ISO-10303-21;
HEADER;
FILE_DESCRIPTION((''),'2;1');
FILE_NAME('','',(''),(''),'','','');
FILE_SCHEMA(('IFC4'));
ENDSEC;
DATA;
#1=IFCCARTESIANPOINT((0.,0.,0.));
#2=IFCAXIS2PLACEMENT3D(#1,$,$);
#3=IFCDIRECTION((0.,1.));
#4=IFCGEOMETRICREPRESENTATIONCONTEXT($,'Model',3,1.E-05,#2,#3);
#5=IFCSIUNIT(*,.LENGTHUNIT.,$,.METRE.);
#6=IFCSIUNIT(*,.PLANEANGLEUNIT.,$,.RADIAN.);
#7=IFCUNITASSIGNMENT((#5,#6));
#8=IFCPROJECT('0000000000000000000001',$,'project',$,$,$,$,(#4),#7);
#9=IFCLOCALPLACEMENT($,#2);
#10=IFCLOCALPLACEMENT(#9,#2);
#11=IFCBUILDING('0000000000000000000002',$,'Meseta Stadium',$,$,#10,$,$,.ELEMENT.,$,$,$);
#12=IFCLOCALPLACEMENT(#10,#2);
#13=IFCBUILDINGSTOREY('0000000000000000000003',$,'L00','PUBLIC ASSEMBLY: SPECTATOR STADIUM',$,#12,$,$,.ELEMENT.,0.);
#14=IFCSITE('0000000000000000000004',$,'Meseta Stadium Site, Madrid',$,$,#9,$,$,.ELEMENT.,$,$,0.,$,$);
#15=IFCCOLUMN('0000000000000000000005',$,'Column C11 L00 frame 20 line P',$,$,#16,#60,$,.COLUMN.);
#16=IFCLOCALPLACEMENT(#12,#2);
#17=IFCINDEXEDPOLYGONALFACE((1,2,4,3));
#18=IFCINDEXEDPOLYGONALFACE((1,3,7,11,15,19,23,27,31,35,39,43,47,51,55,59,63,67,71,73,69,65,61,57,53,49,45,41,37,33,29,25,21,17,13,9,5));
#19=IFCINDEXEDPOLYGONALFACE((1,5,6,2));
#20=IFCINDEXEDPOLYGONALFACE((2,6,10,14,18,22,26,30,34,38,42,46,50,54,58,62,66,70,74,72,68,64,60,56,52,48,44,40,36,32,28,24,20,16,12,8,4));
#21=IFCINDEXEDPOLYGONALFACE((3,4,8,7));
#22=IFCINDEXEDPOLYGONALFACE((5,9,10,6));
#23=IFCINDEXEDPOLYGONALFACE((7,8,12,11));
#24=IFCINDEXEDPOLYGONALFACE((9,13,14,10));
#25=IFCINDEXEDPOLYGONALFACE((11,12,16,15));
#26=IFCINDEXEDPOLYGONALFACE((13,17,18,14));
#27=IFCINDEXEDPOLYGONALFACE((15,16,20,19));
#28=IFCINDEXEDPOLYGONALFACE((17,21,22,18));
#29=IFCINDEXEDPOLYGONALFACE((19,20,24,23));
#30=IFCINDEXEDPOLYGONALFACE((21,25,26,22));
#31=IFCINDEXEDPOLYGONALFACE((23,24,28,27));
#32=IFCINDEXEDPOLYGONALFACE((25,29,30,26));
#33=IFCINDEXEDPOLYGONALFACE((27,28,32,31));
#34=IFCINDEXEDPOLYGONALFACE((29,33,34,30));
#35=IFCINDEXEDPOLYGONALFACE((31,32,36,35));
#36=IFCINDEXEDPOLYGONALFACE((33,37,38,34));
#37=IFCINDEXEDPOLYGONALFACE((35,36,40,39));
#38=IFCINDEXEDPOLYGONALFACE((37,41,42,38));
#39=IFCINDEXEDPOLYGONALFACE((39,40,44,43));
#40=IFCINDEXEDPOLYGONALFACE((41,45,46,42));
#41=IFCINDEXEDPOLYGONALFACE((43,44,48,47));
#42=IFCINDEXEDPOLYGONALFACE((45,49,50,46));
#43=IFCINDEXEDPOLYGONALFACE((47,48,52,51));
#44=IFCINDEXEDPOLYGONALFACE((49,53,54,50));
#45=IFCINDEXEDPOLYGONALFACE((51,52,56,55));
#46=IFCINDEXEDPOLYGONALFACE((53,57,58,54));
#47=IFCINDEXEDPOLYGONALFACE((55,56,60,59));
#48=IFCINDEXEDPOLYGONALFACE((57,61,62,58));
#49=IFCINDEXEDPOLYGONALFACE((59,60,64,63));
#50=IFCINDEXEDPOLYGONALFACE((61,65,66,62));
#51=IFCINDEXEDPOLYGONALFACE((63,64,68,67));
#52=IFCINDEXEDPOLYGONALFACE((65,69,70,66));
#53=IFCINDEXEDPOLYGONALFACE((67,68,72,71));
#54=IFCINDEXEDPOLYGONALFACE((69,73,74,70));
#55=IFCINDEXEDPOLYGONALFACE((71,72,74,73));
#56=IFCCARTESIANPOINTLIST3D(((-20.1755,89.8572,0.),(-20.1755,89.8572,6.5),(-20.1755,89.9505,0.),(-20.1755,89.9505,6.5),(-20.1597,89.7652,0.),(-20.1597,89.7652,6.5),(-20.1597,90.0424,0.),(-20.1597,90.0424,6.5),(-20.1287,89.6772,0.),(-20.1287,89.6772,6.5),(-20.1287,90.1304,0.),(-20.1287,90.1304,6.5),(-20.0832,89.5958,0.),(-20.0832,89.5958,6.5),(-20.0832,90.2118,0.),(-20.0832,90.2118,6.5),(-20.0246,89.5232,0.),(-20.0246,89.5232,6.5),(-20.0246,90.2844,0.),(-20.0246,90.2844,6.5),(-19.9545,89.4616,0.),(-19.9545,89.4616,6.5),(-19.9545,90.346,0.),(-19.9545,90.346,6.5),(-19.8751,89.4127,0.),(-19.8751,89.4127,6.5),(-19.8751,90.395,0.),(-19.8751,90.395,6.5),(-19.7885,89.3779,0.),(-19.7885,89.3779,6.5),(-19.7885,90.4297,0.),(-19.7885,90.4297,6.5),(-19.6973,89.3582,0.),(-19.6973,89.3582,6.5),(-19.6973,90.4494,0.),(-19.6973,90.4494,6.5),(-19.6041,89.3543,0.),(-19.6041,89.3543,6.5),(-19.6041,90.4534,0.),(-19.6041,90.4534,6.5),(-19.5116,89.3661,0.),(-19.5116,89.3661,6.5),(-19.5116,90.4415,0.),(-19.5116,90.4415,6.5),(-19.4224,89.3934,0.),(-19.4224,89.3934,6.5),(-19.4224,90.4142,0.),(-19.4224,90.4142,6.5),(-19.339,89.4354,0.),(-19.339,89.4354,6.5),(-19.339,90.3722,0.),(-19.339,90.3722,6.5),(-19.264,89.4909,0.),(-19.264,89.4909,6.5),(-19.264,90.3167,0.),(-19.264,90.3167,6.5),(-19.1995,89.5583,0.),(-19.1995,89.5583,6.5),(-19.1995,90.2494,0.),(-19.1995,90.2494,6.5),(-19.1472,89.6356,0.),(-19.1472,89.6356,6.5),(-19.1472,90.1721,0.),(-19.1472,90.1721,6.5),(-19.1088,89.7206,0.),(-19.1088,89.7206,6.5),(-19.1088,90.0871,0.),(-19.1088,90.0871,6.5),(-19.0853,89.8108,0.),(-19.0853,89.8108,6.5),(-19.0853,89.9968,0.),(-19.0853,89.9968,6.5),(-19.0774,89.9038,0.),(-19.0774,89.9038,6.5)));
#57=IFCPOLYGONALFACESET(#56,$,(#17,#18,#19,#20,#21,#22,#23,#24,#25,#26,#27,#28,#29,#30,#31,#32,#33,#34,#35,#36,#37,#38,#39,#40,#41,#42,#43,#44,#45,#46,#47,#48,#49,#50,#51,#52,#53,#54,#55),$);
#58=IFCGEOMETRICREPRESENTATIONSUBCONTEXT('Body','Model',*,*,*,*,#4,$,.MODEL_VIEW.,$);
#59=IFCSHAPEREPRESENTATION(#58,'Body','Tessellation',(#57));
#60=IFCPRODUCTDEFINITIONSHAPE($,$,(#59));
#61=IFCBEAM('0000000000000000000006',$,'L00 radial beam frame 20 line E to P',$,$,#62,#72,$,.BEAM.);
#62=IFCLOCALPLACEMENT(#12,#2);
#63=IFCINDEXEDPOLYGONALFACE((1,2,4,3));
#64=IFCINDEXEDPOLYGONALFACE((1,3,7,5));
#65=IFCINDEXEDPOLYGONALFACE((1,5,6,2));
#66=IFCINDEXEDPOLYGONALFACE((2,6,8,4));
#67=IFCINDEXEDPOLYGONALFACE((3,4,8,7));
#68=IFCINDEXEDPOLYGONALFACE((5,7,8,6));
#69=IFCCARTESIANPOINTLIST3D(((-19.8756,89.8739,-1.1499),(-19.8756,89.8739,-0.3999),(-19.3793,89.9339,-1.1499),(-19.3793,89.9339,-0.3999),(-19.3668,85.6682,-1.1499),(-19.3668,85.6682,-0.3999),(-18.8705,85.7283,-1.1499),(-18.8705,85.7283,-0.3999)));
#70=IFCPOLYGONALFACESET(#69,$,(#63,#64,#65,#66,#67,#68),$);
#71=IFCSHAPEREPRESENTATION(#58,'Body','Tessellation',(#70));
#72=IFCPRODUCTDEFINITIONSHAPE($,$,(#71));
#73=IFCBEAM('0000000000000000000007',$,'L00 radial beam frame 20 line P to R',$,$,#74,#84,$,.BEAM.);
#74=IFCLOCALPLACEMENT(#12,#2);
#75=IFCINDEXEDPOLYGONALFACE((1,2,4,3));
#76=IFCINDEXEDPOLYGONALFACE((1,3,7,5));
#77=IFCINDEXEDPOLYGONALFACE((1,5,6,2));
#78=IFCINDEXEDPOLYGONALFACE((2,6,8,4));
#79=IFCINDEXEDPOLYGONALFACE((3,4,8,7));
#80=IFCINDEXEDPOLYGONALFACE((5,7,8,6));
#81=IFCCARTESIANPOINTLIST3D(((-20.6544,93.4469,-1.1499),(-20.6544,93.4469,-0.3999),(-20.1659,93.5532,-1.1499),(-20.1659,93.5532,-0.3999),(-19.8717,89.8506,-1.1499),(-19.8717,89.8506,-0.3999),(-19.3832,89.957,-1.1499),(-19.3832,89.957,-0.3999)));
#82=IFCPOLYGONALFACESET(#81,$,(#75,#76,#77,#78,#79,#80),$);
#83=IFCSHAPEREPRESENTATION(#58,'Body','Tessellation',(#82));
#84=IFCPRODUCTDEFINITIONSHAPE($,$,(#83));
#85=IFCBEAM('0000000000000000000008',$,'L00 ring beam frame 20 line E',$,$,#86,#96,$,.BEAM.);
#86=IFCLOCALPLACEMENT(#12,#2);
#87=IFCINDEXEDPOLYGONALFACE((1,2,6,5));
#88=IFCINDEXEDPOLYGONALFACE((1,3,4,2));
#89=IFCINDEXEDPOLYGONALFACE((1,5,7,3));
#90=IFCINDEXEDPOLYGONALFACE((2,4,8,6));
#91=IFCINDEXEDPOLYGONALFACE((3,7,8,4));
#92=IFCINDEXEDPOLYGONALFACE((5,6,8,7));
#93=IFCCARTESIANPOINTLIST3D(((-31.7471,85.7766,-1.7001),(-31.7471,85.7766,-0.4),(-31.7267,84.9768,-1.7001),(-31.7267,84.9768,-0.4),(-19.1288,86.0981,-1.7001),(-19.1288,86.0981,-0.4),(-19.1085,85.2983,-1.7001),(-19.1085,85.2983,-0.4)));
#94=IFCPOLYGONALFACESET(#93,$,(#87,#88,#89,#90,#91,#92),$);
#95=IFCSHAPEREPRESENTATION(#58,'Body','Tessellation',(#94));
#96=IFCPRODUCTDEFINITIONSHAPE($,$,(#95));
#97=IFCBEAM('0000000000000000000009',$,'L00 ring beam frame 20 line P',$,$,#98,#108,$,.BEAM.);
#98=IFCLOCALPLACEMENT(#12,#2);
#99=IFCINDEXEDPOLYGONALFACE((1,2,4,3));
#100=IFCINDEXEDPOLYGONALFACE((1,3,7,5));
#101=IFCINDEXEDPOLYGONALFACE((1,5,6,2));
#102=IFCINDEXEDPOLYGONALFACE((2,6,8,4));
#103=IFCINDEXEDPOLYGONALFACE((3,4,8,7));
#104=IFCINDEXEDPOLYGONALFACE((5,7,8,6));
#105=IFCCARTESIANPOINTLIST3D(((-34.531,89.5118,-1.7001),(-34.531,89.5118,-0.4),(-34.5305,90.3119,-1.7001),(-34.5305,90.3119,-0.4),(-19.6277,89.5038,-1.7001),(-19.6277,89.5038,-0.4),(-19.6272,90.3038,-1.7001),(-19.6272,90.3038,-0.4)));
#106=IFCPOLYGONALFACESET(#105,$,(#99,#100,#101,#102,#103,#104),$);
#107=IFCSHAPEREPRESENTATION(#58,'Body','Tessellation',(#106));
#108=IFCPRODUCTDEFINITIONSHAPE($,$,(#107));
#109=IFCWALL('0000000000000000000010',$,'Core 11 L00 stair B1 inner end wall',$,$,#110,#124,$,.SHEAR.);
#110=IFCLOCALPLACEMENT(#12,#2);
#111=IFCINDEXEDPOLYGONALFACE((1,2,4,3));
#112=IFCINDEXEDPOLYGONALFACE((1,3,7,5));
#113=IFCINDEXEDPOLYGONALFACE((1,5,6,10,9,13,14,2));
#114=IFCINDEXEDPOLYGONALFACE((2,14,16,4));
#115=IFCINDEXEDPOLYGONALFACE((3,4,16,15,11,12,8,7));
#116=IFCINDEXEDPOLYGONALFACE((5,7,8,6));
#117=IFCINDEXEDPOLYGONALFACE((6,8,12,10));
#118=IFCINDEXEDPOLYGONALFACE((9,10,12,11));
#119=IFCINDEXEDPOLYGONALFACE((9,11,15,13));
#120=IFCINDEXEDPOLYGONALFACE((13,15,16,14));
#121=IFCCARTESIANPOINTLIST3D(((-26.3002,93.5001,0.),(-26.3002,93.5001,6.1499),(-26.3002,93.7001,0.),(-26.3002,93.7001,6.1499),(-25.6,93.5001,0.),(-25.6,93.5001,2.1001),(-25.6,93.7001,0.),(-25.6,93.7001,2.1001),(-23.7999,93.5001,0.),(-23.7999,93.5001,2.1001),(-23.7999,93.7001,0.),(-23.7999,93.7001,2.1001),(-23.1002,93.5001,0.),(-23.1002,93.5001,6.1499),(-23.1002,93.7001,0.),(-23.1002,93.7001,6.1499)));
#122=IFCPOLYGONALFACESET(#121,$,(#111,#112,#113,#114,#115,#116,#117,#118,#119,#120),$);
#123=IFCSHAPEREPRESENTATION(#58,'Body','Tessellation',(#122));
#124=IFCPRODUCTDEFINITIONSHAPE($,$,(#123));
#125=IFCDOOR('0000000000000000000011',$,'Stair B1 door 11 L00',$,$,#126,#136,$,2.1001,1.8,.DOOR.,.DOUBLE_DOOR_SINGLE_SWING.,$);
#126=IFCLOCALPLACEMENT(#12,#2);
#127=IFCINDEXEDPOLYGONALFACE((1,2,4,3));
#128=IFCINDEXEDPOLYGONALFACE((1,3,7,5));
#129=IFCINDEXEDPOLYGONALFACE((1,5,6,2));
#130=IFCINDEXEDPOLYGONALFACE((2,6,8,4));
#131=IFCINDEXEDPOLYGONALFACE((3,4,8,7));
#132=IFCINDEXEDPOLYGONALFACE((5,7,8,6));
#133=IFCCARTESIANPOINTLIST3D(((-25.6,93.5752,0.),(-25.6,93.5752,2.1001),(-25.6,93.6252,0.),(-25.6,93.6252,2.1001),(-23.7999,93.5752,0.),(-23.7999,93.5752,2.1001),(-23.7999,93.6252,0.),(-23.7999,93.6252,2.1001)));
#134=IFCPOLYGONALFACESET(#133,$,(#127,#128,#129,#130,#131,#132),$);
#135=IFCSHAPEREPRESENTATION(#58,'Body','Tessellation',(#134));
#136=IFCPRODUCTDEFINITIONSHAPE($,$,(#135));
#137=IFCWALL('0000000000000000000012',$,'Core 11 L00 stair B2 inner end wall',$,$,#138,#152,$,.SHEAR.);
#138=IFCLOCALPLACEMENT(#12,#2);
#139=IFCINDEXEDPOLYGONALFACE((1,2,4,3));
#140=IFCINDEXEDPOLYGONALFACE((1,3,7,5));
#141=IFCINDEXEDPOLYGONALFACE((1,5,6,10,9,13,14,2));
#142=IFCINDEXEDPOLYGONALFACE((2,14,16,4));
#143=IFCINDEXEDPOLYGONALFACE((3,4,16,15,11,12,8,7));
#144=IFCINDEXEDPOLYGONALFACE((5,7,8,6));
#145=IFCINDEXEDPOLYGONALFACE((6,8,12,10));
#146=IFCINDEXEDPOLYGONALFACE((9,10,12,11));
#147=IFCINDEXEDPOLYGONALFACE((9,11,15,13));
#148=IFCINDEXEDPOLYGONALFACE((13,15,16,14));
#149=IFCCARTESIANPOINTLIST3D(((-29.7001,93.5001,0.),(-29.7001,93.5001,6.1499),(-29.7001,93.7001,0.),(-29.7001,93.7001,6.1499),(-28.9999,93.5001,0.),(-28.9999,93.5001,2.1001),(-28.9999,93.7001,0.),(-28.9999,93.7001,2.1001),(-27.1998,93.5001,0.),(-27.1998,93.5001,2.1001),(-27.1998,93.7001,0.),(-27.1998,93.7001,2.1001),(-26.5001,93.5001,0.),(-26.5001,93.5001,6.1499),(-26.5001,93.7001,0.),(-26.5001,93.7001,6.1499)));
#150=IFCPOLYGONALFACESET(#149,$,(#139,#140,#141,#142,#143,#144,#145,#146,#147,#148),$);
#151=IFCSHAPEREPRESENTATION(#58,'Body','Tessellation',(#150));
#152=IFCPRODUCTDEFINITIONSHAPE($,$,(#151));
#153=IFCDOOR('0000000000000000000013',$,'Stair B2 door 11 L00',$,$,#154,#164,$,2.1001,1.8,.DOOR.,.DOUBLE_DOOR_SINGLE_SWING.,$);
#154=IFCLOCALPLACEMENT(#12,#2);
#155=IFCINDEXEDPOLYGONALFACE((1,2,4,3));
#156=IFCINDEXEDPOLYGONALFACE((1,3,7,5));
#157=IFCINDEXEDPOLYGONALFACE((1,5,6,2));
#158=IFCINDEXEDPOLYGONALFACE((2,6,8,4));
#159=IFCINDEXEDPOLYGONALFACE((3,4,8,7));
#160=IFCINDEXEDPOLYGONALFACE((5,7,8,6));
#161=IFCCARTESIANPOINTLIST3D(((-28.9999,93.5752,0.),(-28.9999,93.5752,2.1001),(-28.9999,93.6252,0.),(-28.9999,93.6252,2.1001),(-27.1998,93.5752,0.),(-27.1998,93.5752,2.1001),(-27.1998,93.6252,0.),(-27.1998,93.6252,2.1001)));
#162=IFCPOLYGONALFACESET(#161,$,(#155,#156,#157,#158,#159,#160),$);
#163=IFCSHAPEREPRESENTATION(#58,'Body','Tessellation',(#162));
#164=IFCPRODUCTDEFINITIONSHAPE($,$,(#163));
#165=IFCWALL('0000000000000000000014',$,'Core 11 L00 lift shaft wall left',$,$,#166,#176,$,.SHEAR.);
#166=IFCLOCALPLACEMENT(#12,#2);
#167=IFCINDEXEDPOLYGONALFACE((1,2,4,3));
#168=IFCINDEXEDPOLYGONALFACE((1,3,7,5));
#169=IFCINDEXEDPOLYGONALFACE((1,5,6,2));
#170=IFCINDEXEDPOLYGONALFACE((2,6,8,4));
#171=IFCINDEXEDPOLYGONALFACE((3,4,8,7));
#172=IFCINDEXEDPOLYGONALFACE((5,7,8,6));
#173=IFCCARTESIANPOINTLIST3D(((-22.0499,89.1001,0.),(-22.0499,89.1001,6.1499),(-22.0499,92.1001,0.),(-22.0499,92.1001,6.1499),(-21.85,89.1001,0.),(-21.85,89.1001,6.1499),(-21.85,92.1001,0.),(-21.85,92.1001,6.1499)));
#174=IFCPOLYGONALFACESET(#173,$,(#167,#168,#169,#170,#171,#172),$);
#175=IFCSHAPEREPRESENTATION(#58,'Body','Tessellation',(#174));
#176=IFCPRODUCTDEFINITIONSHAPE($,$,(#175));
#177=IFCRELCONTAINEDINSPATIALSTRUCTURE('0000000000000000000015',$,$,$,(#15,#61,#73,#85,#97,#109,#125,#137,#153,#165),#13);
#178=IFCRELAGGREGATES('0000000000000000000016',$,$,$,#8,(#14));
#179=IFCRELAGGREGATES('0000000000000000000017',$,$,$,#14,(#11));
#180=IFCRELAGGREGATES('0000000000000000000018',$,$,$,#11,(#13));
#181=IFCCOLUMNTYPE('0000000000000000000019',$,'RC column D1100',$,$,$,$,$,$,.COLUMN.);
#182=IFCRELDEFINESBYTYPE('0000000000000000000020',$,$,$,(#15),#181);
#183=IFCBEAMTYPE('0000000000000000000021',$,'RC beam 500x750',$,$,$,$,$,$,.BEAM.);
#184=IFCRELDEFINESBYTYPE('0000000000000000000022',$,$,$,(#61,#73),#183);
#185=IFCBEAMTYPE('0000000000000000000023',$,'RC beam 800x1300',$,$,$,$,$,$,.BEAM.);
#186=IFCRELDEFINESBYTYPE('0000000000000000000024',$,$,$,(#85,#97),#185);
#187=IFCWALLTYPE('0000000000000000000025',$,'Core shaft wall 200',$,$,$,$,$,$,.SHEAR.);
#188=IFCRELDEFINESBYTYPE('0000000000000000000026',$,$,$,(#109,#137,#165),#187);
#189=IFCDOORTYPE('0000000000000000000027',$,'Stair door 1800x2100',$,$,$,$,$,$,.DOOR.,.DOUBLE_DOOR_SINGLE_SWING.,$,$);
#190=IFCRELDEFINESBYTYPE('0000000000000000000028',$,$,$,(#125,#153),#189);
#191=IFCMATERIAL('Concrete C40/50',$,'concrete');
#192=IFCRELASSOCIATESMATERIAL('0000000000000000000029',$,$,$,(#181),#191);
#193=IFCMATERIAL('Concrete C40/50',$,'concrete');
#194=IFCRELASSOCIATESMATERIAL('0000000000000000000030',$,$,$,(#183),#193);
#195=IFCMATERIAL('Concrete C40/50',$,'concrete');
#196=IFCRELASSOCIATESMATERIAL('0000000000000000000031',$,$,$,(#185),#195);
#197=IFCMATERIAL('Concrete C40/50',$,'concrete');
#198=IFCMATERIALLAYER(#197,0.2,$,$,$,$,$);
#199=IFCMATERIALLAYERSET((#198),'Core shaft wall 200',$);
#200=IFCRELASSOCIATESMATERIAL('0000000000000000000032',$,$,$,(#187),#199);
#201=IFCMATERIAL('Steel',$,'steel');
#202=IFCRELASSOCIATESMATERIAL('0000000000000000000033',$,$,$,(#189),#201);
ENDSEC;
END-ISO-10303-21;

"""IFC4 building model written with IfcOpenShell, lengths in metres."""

from ifc_helpers import new_model, si_unit, direction, frame, frame_2d, origin, origin_2d, place, context, subcontext, project, spatial, rectangle, circle, extrude, material, layer, layer_set, material_profile, profile_set, type_object, element, fill, save


model = new_model("IFC4")

# Units and contexts
model_context = context("Model", 3, precision=1e-05, world=origin(), true_north=direction((0.0, 1.0)))
body_context = subcontext(model_context, "Body", "Model", "MODEL_VIEW")
ifc_project = project(units=[si_unit("LENGTHUNIT", "METRE"), si_unit("PLANEANGLEUNIT", "RADIAN")], contexts=[model_context])

# Site, building, storey
site_placement = place(None, origin())
site = spatial("IfcSite", under=ifc_project, at=site_placement, Name="Meseta Stadium Site, Madrid", CompositionType="ELEMENT", RefElevation=0.0)
building_placement = place(site_placement, origin())
building = spatial("IfcBuilding", under=site, at=building_placement, Name="Meseta Stadium", CompositionType="ELEMENT")
storey_placement = place(building_placement, origin())
storey = spatial("IfcBuildingStorey", under=building, at=storey_placement, Name="L00", Description="PUBLIC ASSEMBLY: SPECTATOR STADIUM", CompositionType="ELEMENT", Elevation=0.0)

# Column
ifc_material_1 = material(Name="Concrete C40/50", Category="concrete")
ifc_material_profile_1 = material_profile(ifc_material_1, circle(Radius=0.55, at=origin_2d()), Name="RC D1100")
ifc_profile_set_1 = profile_set([ifc_material_profile_1], Name="Concrete C40/50")
column_type = type_object("IfcColumnType", Name="RC column D1100", PredefinedType="COLUMN", material=ifc_profile_set_1)
column_placement = place(storey_placement, frame((-19.6274, 89.9038, 0.0), z_axis=(0.0, 0.0, 1.0), x_axis=(1.0, 0.0, 0.0)))
element("IfcColumn", 1, at=column_placement, inside=storey, type_object=column_type, Name="Column C11 L00 frame 20 line P", PredefinedType="COLUMN", context=body_context, shape_type="SweptSolid", body=[
    extrude(circle(Radius=0.55, at=origin_2d()), origin(), (0.0, 0.0, 1.0), 6.5),
])

# Beams
ifc_material_2 = material(Name="Concrete C40/50", Category="concrete")
ifc_material_profile_2 = material_profile(ifc_material_2, rectangle(XDim=0.5, YDim=0.75, at=origin_2d()), Name="RC 500x750")
ifc_profile_set_2 = profile_set([ifc_material_profile_2], Name="Concrete C40/50")
beam_type_1 = type_object("IfcBeamType", Name="RC beam 500x750", PredefinedType="BEAM", material=ifc_profile_set_2)
beam_1_placement = place(storey_placement, frame((-19.1187, 85.6982, -0.7749), z_axis=(-0.120104, 0.992761, 0.0), x_axis=(-0.992761, -0.120104, 0.0)))
element("IfcBeam", 2, at=beam_1_placement, inside=storey, type_object=beam_type_1, Name="L00 radial beam frame 20 line E to P", PredefinedType="BEAM", context=body_context, shape_type="SweptSolid", body=[
    extrude(rectangle(XDim=0.5, YDim=0.75, at=origin_2d()), origin(), (0.0, 0.0, 1.0), 4.2363),
])
beam_2_placement = place(storey_placement, frame((-19.6274, 89.9038, -0.7749), z_axis=(-0.212672, 0.977124, 0.0), x_axis=(-0.977124, -0.212672, 0.0)))
element("IfcBeam", 3, at=beam_2_placement, inside=storey, type_object=beam_type_1, Name="L00 radial beam frame 20 line P to R", PredefinedType="BEAM", context=body_context, shape_type="SweptSolid", body=[
    extrude(rectangle(XDim=0.5, YDim=0.75, at=origin_2d()), origin(), (0.0, 0.0, 1.0), 3.6804),
])
ifc_material_3 = material(Name="Concrete C40/50", Category="concrete")
ifc_material_profile_3 = material_profile(ifc_material_3, rectangle(XDim=0.8, YDim=1.3, at=origin_2d()), Name="RC 800x1300")
ifc_profile_set_3 = profile_set([ifc_material_profile_3], Name="Concrete C40/50")
beam_type_2 = type_object("IfcBeamType", Name="RC beam 800x1300", PredefinedType="BEAM", material=ifc_profile_set_3)
beam_3_placement = place(storey_placement, frame((-19.1187, 85.6982, -1.05), z_axis=(-0.999675, -0.025474, 0.0), x_axis=(0.025474, -0.999675, 0.0)))
element("IfcBeam", 4, at=beam_3_placement, inside=storey, type_object=beam_type_2, Name="L00 ring beam frame 20 line E", PredefinedType="BEAM", context=body_context, shape_type="SweptSolid", body=[
    extrude(rectangle(XDim=0.8, YDim=1.3, at=origin_2d()), origin(), (0.0, 0.0, 1.0), 12.6223),
])
beam_4_placement = place(storey_placement, frame((-19.6274, 89.9038, -1.05), z_axis=(-1.0, 0.000541, 0.0), x_axis=(-0.000541, -1.0, 0.0)))
element("IfcBeam", 5, at=beam_4_placement, inside=storey, type_object=beam_type_2, Name="L00 ring beam frame 20 line P", PredefinedType="BEAM", context=body_context, shape_type="SweptSolid", body=[
    extrude(rectangle(XDim=0.8, YDim=1.3, at=origin_2d()), origin(), (0.0, 0.0, 1.0), 14.9033),
])

# Walls, openings, doors
ifc_material_4 = material(Name="Concrete C40/50", Category="concrete")
ifc_layer_1 = layer(ifc_material_4, 0.2)
ifc_layer_set_1 = layer_set([ifc_layer_1], Name="Core shaft wall 200")
wall_type_1 = type_object("IfcWallType", Name="Core shaft wall 200", PredefinedType="SHEAR", material=ifc_layer_set_1)
wall_1_placement = place(storey_placement, frame((-23.1001, 93.6001, 0.0), z_axis=(0.0, 0.0, 1.0), x_axis=(-1.0, 0.0, 0.0)))
wall_1 = element("IfcWall", 6, at=wall_1_placement, inside=storey, type_object=wall_type_1, Name="Core 11 L00 stair B1 inner end wall", PredefinedType="SHEAR", context=body_context, shape_type="SweptSolid", body=[
    extrude(rectangle(XDim=3.2, YDim=0.2, at=frame_2d((1.6001, 0.0))), origin(), (0.0, 0.0, 1.0), 6.1499),
])
opening_1_placement = place(wall_1_placement, frame((0.7, 0.0, 0.0)))
opening_1 = element("IfcOpeningElement", 7, at=opening_1_placement, cuts=wall_1, PredefinedType="OPENING", context=body_context, shape_type="SweptSolid", body=[
    extrude(rectangle(XDim=1.8, YDim=2.1001, at=frame_2d((0.8999, 1.05))), frame((0.0, 0.1099, 0.0), z_axis=(0.0, -1.0, 0.0), x_axis=(1.0, 0.0, 0.0)), (0.0, 0.0, 1.0), 0.22),
])
ifc_material_5 = material(Name="Steel", Category="steel")
door_type_1 = type_object("IfcDoorType", Name="Stair door 1800x2100", OperationType="DOUBLE_DOOR_SINGLE_SWING", PredefinedType="DOOR", material=ifc_material_5)
door_1_placement = place(opening_1_placement, origin())
door_1 = element("IfcDoor", 8, at=door_1_placement, inside=storey, type_object=door_type_1, Name="Stair B1 door 11 L00", OperationType="DOUBLE_DOOR_SINGLE_SWING", OverallHeight=2.1001, OverallWidth=1.8, PredefinedType="DOOR", context=body_context, shape_type="SweptSolid", body=[
    extrude(rectangle(XDim=1.8, YDim=2.1001, at=frame_2d((0.8999, 1.05))), frame((0.0, 0.0249, 0.0), z_axis=(0.0, -1.0, 0.0), x_axis=(1.0, 0.0, 0.0)), (0.0, 0.0, 1.0), 0.05),
])
fill(opening_1, door_1)
wall_2_placement = place(storey_placement, frame((-26.5, 93.6001, 0.0), z_axis=(0.0, 0.0, 1.0), x_axis=(-1.0, 0.0, 0.0)))
wall_2 = element("IfcWall", 9, at=wall_2_placement, inside=storey, type_object=wall_type_1, Name="Core 11 L00 stair B2 inner end wall", PredefinedType="SHEAR", context=body_context, shape_type="SweptSolid", body=[
    extrude(rectangle(XDim=3.2, YDim=0.2, at=frame_2d((1.6001, 0.0))), origin(), (0.0, 0.0, 1.0), 6.1499),
])
opening_2_placement = place(wall_2_placement, frame((0.7, 0.0, 0.0)))
opening_2 = element("IfcOpeningElement", 10, at=opening_2_placement, cuts=wall_2, PredefinedType="OPENING", context=body_context, shape_type="SweptSolid", body=[
    extrude(rectangle(XDim=1.8, YDim=2.1001, at=frame_2d((0.8999, 1.05))), frame((0.0, 0.1099, 0.0), z_axis=(0.0, -1.0, 0.0), x_axis=(1.0, 0.0, 0.0)), (0.0, 0.0, 1.0), 0.22),
])
door_2_placement = place(opening_2_placement, origin())
door_2 = element("IfcDoor", 11, at=door_2_placement, inside=storey, type_object=door_type_1, Name="Stair B2 door 11 L00", OperationType="DOUBLE_DOOR_SINGLE_SWING", OverallHeight=2.1001, OverallWidth=1.8, PredefinedType="DOOR", context=body_context, shape_type="SweptSolid", body=[
    extrude(rectangle(XDim=1.8, YDim=2.1001, at=frame_2d((0.8999, 1.05))), frame((0.0, 0.0249, 0.0), z_axis=(0.0, -1.0, 0.0), x_axis=(1.0, 0.0, 0.0)), (0.0, 0.0, 1.0), 0.05),
])
fill(opening_2, door_2)

# Wall
for number, where, z_axis, x_axis, name in (
    (12, (-21.95, 92.1001, 0.0), (0.0, 0.0, 1.0), (0.0, -1.0, 0.0), "Core 11 L00 lift shaft wall left"),
):
    element("IfcWall", number, at=place(storey_placement, frame(where, z_axis=z_axis, x_axis=x_axis)), inside=storey, type_object=wall_type_1, Name=name, PredefinedType="SHEAR", context=body_context, shape_type="SweptSolid", body=[
        extrude(rectangle(XDim=3.0, YDim=0.2, at=frame_2d((1.5, 0.0))), origin(), (0.0, 0.0, 1.0), 6.1499),
    ])

save(model, "model.ifc")
